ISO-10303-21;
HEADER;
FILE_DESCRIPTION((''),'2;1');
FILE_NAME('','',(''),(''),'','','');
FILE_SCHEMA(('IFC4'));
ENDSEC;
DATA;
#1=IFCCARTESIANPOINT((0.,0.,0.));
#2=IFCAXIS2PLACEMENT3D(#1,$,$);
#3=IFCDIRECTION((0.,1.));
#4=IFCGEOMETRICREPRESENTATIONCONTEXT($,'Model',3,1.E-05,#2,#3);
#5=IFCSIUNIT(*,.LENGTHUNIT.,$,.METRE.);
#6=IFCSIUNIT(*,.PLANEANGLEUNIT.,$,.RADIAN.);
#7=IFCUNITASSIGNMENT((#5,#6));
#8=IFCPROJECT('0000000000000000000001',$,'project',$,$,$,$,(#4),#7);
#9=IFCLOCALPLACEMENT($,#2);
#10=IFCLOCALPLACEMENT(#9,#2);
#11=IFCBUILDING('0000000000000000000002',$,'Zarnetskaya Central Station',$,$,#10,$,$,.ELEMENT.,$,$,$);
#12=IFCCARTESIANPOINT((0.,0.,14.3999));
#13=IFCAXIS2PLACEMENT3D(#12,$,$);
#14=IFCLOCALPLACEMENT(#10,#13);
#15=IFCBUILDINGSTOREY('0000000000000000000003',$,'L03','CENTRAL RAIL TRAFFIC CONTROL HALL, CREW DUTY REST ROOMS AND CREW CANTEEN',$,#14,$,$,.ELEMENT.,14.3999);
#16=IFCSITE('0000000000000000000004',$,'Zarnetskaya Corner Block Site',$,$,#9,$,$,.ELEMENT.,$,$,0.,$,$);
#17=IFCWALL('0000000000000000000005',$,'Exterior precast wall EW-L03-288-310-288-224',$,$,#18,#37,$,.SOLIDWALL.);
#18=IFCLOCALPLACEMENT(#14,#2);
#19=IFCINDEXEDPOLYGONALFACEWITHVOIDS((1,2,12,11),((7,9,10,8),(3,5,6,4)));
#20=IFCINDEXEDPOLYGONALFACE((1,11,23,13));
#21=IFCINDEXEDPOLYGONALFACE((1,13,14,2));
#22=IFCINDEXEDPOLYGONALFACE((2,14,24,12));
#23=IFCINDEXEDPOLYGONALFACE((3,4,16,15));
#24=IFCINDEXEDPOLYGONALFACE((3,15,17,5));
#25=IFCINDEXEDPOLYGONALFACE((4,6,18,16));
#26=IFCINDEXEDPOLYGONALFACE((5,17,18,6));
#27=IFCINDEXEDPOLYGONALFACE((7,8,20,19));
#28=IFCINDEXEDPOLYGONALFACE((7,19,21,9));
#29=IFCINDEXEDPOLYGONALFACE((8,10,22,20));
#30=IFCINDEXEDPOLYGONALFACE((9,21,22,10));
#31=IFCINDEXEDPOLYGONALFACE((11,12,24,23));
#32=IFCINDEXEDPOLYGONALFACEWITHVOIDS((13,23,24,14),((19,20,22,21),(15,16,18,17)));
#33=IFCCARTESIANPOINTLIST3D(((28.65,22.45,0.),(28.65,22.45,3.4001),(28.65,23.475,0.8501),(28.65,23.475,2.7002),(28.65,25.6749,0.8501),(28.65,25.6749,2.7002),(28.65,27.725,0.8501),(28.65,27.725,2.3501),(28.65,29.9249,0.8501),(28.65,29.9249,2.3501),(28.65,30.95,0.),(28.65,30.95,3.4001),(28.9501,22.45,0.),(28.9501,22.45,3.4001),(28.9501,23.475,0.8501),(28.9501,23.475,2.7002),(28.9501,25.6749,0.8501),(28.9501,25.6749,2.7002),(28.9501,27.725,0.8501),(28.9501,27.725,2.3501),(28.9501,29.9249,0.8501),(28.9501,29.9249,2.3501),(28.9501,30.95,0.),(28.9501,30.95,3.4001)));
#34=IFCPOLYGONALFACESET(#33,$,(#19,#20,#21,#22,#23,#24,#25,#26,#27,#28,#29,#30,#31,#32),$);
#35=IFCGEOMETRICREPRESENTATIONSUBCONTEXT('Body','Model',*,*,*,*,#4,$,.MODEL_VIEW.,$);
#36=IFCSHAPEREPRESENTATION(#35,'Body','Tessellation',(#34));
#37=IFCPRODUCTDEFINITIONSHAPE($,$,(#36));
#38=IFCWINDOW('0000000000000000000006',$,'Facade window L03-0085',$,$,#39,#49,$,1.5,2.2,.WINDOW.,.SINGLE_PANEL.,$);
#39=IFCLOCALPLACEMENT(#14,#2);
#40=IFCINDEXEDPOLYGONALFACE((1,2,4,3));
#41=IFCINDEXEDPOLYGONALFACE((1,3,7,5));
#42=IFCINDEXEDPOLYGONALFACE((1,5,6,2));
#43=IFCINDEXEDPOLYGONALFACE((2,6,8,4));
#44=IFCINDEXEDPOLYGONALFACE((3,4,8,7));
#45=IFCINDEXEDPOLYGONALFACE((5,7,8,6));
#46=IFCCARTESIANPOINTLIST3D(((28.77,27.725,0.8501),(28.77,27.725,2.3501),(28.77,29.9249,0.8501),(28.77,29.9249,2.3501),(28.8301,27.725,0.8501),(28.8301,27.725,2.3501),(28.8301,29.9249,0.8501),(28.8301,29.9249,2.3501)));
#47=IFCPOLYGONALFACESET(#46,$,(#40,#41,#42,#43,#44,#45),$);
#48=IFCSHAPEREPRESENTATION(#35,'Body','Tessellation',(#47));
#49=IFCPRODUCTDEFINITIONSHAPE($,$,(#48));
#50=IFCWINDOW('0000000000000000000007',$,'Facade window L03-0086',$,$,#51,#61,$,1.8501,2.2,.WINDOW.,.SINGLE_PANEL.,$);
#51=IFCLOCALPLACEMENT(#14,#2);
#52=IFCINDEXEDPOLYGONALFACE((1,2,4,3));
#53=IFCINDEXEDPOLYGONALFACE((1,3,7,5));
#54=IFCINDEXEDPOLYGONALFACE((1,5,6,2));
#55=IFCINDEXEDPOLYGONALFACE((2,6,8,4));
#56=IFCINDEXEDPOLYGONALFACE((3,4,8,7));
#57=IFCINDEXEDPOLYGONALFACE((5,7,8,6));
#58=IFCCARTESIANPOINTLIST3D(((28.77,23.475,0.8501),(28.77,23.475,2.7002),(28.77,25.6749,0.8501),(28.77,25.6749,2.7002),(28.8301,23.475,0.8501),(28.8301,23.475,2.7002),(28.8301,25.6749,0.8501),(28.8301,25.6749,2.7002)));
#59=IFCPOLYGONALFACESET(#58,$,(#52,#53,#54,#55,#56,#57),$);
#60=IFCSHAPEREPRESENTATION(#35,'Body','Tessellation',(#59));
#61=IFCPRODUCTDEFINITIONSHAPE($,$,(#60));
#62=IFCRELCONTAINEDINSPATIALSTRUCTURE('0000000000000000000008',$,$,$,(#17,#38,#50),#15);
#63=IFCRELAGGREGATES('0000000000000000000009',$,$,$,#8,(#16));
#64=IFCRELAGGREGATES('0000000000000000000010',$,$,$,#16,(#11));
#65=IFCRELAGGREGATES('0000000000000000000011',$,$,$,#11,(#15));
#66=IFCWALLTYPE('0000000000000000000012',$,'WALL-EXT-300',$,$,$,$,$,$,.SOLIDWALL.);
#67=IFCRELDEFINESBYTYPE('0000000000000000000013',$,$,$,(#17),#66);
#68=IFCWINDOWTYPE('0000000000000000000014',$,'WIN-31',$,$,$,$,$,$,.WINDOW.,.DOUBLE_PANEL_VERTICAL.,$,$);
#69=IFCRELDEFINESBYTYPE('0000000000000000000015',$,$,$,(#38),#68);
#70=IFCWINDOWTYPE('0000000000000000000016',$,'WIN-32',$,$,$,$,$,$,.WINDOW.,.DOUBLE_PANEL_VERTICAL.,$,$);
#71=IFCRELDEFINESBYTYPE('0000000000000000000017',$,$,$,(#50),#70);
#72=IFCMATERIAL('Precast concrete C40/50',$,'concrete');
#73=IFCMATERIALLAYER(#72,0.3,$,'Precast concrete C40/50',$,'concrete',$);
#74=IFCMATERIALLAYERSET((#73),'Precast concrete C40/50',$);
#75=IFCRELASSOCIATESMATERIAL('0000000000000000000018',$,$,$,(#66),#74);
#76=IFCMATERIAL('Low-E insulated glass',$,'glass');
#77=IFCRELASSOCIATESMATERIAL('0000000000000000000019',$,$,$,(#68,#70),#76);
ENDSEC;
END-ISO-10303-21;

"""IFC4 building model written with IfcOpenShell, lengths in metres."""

from ifc_helpers import new_model, si_unit, direction, frame, frame_2d, origin, place, context, subcontext, project, spatial, rectangle, extrude, material, layer, layer_set, type_object, element, fill, save


model = new_model("IFC4")

# Units and contexts
model_context = context("Model", 3, precision=1e-05, world=origin(), true_north=direction((0.0, 1.0)))
body_context = subcontext(model_context, "Body", "Model", "MODEL_VIEW")
ifc_project = project(units=[si_unit("LENGTHUNIT", "METRE"), si_unit("PLANEANGLEUNIT", "RADIAN")], contexts=[model_context])

# Site, building, storey
site_placement = place(None, origin())
site = spatial("IfcSite", under=ifc_project, at=site_placement, Name="Zarnetskaya Corner Block Site", CompositionType="ELEMENT", RefElevation=0.0)
building_placement = place(site_placement, origin())
building = spatial("IfcBuilding", under=site, at=building_placement, Name="Zarnetskaya Central Station", CompositionType="ELEMENT")
storey_placement = place(building_placement, frame((0.0, 0.0, 14.3999)))
storey = spatial("IfcBuildingStorey", under=building, at=storey_placement, Name="L03", Description="CENTRAL RAIL TRAFFIC CONTROL HALL, CREW DUTY REST ROOMS AND CREW CANTEEN", CompositionType="ELEMENT", Elevation=14.3999)

# Shared definitions
ifc_material_1 = material(Name="Low-E insulated glass", Category="glass")

# Wall, openings, windows
ifc_material_2 = material(Name="Precast concrete C40/50", Category="concrete")
ifc_layer_1 = layer(ifc_material_2, 0.3, Name="Precast concrete C40/50", Category="concrete")
ifc_layer_set_1 = layer_set([ifc_layer_1], Name="Precast concrete C40/50")
wall_type = type_object("IfcWallType", Name="WALL-EXT-300", PredefinedType="SOLIDWALL", material=ifc_layer_set_1)
wall_placement = place(storey_placement, frame((28.8, 30.95, 0.0), z_axis=(0.0, 0.0, 1.0), x_axis=(0.0, -1.0, 0.0)))
wall = element("IfcWall", 1, at=wall_placement, inside=storey, type_object=wall_type, Name="Exterior precast wall EW-L03-288-310-288-224", PredefinedType="SOLIDWALL", context=body_context, shape_type="SweptSolid", body=[
    extrude(rectangle(XDim=8.5, YDim=0.3, at=frame_2d((4.25, 0.0))), origin(), (0.0, 0.0, 1.0), 3.4001),
])
opening_1_placement = place(wall_placement, frame((1.0249, 0.0, 0.8501)))
opening_1 = element("IfcOpeningElement", 2, at=opening_1_placement, cuts=wall, PredefinedType="OPENING", context=body_context, shape_type="SweptSolid", body=[
    extrude(rectangle(XDim=2.2, YDim=1.5, at=frame_2d((1.1001, 0.75))), frame((0.0, 0.1602, 0.0), z_axis=(0.0, -1.0, 0.0), x_axis=(1.0, 0.0, 0.0)), (0.0, 0.0, 1.0), 0.3201),
])
opening_2_placement = place(wall_placement, frame((5.2749, 0.0, 0.8501)))
opening_2 = element("IfcOpeningElement", 3, at=opening_2_placement, cuts=wall, PredefinedType="OPENING", context=body_context, shape_type="SweptSolid", body=[
    extrude(rectangle(XDim=2.2, YDim=1.8501, at=frame_2d((1.1001, 0.925))), frame((0.0, 0.1602, 0.0), z_axis=(0.0, -1.0, 0.0), x_axis=(1.0, 0.0, 0.0)), (0.0, 0.0, 1.0), 0.3201),
])
window_type_1 = type_object("IfcWindowType", Name="WIN-31", PartitioningType="DOUBLE_PANEL_VERTICAL", PredefinedType="WINDOW", material=ifc_material_1)
window_1_placement = place(opening_1_placement, origin())
window_1 = element("IfcWindow", 4, at=window_1_placement, inside=storey, type_object=window_type_1, Name="Facade window L03-0085", OverallHeight=1.5, OverallWidth=2.2, PartitioningType="SINGLE_PANEL", PredefinedType="WINDOW", context=body_context, shape_type="SweptSolid", body=[
    extrude(rectangle(XDim=2.2, YDim=1.5, at=frame_2d((1.1001, 0.75))), frame((0.0, 0.03, 0.0), z_axis=(0.0, -1.0, 0.0), x_axis=(1.0, 0.0, 0.0)), (0.0, 0.0, 1.0), 0.0601),
])
fill(opening_1, window_1)
window_type_2 = type_object("IfcWindowType", Name="WIN-32", PartitioningType="DOUBLE_PANEL_VERTICAL", PredefinedType="WINDOW", material=ifc_material_1)
window_2_placement = place(opening_2_placement, origin())
window_2 = element("IfcWindow", 5, at=window_2_placement, inside=storey, type_object=window_type_2, Name="Facade window L03-0086", OverallHeight=1.8501, OverallWidth=2.2, PartitioningType="SINGLE_PANEL", PredefinedType="WINDOW", context=body_context, shape_type="SweptSolid", body=[
    extrude(rectangle(XDim=2.2, YDim=1.8501, at=frame_2d((1.1001, 0.925))), frame((0.0, 0.03, 0.0), z_axis=(0.0, -1.0, 0.0), x_axis=(1.0, 0.0, 0.0)), (0.0, 0.0, 1.0), 0.0601),
])
fill(opening_2, window_2)

save(model, "model.ifc")
